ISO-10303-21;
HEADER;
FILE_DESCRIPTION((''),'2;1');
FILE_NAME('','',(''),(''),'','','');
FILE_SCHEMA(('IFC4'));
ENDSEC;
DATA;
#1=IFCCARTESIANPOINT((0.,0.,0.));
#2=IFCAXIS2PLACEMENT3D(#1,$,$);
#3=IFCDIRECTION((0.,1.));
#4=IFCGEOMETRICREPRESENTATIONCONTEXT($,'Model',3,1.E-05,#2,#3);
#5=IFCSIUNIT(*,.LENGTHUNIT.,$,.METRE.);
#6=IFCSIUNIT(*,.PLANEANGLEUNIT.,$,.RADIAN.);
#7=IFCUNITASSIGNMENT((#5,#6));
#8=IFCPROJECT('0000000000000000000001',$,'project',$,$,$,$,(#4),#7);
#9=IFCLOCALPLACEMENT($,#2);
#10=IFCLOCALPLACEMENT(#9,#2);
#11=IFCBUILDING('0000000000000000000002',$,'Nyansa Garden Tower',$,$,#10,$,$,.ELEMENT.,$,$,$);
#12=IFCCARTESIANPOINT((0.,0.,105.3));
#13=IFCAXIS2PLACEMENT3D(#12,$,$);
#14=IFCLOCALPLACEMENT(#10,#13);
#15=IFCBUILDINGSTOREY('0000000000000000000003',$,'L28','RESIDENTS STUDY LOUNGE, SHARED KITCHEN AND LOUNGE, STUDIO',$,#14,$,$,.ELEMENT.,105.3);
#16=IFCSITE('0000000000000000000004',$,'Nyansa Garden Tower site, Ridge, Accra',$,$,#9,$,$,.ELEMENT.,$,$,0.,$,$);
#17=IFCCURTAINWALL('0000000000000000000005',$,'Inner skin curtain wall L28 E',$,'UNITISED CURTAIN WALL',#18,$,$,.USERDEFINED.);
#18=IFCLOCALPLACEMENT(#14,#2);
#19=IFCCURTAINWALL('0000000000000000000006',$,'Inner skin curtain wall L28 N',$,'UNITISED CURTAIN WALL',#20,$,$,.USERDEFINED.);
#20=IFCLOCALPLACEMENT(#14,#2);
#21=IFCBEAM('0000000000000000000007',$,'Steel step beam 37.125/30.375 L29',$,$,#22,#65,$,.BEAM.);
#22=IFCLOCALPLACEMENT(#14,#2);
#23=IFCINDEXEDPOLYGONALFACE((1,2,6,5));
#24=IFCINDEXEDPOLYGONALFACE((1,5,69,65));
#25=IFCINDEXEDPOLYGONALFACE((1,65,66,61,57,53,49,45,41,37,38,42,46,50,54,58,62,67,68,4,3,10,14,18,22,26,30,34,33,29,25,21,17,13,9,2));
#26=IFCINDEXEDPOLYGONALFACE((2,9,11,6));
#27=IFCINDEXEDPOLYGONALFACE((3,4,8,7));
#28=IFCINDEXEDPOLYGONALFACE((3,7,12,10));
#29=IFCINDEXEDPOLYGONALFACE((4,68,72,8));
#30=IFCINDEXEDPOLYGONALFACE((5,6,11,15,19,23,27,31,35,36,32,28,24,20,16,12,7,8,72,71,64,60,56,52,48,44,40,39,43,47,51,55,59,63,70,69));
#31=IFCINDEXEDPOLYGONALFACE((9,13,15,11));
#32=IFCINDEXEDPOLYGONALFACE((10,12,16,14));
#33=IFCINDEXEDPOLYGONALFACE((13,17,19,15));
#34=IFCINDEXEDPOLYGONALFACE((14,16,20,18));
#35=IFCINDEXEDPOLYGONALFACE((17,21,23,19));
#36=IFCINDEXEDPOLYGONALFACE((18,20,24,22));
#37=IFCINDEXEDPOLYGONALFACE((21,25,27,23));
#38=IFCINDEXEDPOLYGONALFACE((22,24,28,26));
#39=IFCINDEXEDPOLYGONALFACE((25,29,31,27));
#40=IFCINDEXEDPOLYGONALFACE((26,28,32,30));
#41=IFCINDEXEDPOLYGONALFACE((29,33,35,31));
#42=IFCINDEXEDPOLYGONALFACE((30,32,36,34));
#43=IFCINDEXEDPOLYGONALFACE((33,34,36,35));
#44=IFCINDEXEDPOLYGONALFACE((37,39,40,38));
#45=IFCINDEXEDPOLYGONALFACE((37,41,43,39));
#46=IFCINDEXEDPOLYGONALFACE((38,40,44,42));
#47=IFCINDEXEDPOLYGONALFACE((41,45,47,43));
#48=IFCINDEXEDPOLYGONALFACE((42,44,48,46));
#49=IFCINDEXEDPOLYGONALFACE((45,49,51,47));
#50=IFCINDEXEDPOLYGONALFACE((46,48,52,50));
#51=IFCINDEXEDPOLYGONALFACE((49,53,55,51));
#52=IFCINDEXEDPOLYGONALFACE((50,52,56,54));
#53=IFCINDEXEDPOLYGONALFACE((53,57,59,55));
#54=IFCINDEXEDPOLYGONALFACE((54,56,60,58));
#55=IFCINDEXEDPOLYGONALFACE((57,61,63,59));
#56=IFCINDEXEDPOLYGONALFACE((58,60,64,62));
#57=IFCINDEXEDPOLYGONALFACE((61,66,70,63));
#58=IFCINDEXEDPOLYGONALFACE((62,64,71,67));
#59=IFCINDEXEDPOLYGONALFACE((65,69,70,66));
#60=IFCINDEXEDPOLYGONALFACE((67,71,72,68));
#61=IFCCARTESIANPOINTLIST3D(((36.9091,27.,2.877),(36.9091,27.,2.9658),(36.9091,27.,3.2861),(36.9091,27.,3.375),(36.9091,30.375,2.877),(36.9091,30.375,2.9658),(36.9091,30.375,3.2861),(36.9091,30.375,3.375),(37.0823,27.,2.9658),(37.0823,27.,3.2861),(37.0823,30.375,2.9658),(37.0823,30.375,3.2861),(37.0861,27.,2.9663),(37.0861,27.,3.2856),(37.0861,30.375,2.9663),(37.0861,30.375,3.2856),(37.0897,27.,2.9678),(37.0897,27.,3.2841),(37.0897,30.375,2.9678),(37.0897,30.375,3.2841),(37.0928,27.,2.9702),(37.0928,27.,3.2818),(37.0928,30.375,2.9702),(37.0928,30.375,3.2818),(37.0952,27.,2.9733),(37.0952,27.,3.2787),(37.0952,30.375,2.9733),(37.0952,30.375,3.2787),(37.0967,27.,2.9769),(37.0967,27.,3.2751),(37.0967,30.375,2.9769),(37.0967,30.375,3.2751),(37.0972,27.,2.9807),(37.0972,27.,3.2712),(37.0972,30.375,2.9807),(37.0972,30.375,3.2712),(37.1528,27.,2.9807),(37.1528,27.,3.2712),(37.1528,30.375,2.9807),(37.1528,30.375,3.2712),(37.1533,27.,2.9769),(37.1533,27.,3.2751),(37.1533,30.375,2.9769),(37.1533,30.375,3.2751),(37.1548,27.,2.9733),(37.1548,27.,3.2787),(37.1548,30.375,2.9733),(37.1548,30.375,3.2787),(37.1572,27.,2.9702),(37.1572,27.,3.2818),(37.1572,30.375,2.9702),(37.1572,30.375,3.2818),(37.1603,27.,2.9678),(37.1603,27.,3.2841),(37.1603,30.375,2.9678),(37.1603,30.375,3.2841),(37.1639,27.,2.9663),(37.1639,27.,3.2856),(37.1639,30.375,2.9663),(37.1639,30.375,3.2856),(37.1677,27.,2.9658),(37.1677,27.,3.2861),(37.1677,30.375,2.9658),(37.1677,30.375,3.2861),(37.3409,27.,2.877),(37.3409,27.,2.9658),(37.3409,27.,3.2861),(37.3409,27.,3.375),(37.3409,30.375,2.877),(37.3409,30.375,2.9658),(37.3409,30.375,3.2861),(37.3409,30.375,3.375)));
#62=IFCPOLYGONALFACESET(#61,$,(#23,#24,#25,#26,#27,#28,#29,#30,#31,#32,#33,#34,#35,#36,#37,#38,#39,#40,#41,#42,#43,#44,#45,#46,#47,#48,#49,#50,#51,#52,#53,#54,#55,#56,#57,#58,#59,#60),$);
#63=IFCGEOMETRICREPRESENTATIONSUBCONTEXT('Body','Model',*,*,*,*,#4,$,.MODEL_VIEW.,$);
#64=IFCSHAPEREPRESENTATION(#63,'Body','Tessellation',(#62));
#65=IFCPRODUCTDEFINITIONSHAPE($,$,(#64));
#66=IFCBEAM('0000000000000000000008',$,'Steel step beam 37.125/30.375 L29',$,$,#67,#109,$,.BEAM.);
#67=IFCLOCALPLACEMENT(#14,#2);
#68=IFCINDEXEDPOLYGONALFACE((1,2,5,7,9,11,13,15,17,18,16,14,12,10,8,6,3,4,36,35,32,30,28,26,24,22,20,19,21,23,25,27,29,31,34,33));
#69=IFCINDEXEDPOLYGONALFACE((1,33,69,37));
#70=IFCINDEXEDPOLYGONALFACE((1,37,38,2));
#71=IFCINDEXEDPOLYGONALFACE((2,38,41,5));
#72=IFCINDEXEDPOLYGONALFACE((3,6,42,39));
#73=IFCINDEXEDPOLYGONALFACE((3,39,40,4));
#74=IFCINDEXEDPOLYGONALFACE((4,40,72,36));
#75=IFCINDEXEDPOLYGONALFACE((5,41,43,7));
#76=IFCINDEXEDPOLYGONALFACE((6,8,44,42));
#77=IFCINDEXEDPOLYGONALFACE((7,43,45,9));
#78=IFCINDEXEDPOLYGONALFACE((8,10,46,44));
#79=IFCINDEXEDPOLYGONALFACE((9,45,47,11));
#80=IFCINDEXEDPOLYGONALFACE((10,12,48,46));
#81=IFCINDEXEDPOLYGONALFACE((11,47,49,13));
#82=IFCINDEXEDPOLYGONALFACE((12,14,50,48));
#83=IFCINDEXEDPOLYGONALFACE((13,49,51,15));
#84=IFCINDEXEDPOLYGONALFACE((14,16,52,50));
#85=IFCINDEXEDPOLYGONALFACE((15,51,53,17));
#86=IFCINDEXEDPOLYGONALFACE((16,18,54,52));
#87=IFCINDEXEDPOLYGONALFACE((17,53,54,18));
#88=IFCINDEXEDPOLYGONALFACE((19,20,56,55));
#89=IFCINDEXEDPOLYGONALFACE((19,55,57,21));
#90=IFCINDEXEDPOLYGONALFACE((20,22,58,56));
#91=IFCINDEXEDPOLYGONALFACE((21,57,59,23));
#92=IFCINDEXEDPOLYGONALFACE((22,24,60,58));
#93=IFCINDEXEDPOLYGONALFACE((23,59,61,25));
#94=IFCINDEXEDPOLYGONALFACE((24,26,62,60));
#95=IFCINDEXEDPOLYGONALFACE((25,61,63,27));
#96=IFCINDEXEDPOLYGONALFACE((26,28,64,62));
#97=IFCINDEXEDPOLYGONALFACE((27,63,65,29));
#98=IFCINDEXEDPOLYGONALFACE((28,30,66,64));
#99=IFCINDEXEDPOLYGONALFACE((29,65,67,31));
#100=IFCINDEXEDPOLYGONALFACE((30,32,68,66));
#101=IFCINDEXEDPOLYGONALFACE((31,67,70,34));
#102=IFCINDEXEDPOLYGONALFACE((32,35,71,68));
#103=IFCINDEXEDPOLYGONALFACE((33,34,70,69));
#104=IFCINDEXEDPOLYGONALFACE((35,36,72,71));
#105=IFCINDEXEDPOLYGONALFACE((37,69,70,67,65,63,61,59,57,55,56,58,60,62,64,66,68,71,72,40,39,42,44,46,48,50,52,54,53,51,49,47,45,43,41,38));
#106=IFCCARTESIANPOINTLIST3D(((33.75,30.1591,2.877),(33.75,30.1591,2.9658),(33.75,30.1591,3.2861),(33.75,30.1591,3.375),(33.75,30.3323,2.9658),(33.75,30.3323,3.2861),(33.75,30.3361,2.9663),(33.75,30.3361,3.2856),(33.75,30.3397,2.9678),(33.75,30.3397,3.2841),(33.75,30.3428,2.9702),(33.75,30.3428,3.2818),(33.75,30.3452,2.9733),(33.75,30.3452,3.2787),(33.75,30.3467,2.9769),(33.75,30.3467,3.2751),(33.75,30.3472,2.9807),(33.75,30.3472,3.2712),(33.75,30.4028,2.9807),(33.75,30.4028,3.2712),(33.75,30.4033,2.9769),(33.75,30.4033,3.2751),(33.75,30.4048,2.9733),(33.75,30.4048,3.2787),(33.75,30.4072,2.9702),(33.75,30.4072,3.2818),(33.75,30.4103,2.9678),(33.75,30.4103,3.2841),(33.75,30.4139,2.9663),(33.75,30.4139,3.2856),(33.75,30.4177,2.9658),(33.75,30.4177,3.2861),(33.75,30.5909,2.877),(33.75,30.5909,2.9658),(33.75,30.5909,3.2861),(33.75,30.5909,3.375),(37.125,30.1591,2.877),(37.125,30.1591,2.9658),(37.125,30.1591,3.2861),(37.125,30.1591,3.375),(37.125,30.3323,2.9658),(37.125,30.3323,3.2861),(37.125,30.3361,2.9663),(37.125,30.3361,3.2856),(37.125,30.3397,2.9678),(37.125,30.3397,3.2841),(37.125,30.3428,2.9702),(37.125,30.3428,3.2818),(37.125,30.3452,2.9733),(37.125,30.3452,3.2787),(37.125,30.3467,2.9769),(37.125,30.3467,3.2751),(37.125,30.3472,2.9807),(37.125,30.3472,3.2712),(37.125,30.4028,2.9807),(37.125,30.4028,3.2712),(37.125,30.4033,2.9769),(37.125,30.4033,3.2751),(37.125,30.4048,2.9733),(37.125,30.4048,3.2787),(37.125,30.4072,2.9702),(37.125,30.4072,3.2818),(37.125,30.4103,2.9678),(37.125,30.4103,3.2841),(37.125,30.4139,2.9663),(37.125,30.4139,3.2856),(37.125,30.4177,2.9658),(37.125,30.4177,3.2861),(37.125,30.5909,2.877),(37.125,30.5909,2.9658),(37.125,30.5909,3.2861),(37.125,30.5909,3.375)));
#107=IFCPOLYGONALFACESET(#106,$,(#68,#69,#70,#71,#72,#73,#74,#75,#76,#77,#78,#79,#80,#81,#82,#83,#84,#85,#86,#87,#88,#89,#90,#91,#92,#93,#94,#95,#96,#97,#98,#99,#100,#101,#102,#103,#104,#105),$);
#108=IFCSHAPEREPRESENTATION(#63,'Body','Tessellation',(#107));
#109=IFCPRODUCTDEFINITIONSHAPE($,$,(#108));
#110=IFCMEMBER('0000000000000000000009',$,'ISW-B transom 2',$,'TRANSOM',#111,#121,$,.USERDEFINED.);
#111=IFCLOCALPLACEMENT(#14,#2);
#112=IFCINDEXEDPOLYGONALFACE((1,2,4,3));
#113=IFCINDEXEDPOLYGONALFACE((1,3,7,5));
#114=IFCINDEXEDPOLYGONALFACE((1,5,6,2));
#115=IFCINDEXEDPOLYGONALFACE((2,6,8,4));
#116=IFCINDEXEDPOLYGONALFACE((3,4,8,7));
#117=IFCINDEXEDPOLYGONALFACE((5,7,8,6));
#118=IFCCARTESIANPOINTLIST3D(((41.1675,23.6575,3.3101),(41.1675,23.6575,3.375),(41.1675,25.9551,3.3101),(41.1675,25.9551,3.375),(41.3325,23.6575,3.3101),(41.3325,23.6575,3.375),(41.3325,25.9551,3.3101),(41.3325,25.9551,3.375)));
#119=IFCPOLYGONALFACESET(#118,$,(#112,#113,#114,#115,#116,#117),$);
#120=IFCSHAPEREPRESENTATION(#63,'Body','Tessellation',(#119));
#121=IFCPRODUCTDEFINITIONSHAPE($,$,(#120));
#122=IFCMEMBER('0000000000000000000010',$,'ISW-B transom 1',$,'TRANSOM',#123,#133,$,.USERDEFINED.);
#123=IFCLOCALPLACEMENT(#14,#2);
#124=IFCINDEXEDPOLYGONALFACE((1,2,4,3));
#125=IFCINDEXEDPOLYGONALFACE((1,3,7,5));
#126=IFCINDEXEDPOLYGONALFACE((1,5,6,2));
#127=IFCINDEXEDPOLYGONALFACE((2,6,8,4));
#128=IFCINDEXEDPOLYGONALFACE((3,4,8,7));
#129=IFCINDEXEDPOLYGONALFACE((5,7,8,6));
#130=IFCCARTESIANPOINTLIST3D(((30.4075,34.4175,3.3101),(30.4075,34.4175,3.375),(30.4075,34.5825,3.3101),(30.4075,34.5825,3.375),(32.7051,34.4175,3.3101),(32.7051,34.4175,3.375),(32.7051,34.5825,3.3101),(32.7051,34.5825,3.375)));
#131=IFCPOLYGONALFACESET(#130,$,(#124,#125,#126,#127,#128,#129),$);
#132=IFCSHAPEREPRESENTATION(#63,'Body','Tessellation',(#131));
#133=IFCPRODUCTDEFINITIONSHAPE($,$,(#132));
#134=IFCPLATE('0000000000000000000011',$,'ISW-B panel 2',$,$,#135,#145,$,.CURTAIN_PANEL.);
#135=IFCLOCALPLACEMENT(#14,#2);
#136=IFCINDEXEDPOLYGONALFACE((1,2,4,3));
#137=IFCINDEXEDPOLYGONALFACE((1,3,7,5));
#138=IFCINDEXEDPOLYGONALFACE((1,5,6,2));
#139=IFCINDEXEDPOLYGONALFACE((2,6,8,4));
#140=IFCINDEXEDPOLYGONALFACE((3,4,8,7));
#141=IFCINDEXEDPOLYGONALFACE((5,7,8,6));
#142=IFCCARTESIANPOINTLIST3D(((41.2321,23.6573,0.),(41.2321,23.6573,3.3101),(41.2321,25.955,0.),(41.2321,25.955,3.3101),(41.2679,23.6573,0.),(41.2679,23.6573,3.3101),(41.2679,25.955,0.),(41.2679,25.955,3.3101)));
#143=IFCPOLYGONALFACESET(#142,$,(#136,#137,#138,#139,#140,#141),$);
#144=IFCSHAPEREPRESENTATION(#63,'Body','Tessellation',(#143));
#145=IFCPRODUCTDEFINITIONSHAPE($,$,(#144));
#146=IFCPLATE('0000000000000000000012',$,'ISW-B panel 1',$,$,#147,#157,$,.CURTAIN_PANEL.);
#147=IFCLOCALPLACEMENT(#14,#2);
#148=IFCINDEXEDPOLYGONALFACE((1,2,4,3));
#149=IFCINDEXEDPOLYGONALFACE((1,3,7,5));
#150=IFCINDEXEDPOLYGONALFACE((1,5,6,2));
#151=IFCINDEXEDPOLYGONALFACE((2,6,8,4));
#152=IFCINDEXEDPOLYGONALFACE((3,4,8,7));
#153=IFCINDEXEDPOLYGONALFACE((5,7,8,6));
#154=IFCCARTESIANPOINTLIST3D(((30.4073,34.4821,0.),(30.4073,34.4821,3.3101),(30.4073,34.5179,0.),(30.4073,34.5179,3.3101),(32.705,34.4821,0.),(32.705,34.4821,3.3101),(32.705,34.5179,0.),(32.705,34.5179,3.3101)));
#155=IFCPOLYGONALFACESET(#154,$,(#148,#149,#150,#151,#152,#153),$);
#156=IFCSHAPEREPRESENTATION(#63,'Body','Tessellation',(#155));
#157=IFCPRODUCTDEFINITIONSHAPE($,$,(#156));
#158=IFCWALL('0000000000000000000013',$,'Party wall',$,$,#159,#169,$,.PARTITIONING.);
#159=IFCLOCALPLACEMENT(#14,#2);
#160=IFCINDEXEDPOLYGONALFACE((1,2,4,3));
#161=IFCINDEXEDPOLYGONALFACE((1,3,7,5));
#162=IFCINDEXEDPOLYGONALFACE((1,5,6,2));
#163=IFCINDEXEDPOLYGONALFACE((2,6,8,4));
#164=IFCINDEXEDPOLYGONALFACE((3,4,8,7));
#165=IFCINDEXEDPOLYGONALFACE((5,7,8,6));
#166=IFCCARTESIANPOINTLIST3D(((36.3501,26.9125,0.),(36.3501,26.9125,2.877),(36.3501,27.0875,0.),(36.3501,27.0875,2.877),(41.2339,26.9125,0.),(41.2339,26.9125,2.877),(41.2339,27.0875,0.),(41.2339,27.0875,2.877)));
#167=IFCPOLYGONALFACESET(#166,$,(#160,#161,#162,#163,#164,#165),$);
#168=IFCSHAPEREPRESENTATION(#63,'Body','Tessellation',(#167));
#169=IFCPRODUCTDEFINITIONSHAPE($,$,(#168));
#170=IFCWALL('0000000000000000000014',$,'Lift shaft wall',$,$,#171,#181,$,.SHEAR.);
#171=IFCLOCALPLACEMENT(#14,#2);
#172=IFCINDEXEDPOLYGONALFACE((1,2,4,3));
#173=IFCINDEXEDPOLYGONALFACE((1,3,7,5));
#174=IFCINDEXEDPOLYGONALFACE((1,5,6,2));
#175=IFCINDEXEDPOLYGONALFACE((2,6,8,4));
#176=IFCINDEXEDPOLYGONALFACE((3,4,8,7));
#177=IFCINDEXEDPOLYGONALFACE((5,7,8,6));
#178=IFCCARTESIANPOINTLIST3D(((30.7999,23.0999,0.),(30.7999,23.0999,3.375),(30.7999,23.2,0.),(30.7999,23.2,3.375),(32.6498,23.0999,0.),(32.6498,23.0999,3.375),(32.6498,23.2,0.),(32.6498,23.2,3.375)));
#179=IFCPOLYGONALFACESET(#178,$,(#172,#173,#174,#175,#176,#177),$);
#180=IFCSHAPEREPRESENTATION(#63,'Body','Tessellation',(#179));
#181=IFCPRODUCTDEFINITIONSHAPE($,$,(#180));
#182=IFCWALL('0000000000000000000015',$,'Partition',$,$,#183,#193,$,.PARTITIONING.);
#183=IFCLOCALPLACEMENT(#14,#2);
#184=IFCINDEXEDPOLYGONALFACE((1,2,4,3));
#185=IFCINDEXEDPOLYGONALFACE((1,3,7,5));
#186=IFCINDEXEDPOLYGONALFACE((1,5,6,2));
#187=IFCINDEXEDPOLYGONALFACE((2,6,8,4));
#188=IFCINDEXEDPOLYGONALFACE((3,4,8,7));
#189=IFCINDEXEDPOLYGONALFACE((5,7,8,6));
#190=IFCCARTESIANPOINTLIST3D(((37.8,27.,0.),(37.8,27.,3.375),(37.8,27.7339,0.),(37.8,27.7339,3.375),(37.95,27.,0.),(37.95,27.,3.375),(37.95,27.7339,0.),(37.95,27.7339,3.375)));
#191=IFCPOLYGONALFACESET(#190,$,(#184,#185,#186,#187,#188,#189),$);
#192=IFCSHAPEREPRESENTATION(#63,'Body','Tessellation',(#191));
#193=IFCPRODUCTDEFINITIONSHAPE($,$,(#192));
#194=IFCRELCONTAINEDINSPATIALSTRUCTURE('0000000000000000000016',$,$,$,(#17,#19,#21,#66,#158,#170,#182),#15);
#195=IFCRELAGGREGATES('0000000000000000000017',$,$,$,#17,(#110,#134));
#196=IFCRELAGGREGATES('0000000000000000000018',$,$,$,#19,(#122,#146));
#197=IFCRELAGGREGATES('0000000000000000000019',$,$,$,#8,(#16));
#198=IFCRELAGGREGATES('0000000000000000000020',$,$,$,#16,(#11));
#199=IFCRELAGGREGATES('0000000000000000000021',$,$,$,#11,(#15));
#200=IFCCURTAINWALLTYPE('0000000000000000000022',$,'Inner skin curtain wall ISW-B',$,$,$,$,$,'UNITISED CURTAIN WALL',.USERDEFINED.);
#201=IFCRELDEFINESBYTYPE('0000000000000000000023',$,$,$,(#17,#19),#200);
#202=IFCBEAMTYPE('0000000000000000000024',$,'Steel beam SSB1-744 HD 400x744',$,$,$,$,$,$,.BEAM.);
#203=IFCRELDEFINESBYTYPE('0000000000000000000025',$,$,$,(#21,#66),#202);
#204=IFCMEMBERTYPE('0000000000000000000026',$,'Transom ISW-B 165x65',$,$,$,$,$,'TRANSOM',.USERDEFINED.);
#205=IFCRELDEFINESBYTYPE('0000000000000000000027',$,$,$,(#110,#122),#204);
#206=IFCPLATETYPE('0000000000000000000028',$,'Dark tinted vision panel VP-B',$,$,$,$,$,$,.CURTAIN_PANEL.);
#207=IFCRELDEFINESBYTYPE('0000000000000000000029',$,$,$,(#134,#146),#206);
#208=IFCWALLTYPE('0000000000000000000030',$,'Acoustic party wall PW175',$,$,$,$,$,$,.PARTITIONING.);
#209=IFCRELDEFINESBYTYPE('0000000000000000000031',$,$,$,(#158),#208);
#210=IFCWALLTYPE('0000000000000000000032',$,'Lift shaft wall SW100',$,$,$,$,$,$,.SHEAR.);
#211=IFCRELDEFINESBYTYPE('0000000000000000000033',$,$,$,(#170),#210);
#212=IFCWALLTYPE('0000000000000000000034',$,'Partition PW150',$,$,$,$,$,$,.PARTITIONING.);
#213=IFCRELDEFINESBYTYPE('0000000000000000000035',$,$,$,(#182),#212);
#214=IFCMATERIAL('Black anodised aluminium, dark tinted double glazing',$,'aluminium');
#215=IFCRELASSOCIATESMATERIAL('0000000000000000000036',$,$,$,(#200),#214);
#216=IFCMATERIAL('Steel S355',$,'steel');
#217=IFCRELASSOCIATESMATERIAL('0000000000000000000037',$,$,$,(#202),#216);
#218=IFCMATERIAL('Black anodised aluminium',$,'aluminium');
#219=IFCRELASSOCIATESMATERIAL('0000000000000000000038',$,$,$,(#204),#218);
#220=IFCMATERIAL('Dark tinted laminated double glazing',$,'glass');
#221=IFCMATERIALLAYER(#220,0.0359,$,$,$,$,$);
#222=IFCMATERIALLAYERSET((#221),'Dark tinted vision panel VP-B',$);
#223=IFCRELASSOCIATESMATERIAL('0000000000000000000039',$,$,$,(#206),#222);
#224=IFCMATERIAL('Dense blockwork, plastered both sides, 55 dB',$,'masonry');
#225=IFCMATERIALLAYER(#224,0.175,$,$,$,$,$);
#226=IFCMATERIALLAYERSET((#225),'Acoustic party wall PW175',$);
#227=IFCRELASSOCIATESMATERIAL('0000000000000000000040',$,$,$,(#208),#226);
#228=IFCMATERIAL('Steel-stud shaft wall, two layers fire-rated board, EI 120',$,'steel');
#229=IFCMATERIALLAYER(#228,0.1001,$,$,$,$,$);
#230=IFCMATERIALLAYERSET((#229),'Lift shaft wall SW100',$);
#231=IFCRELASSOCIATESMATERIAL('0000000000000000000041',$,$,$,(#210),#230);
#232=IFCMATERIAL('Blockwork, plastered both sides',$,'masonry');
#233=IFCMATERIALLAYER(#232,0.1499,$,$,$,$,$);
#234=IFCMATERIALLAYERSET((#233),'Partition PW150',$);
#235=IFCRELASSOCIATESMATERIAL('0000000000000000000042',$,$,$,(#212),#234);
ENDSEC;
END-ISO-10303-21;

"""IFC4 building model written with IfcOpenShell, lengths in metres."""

from ifc_helpers import new_model, si_unit, direction, frame, frame_2d, origin, origin_2d, place, context, subcontext, project, spatial, rectangle, i_section, extrude, material, layer, layer_set, material_profile, profile_set, type_object, element, aggregate, save


model = new_model("IFC4")

# Units and contexts
model_context = context("Model", 3, precision=1e-05, world=origin(), true_north=direction((0.0, 1.0)))
body_context = subcontext(model_context, "Body", "Model", "MODEL_VIEW")
ifc_project = project(units=[si_unit("LENGTHUNIT", "METRE"), si_unit("PLANEANGLEUNIT", "RADIAN")], contexts=[model_context])

# Site, building, storey
site_placement = place(None, origin())
site = spatial("IfcSite", under=ifc_project, at=site_placement, Name="Nyansa Garden Tower site, Ridge, Accra", CompositionType="ELEMENT", RefElevation=0.0)
building_placement = place(site_placement, origin())
building = spatial("IfcBuilding", under=site, at=building_placement, Name="Nyansa Garden Tower", CompositionType="ELEMENT")
storey_placement = place(building_placement, frame((0.0, 0.0, 105.3)))
storey = spatial("IfcBuildingStorey", under=building, at=storey_placement, Name="L28", Description="RESIDENTS STUDY LOUNGE, SHARED KITCHEN AND LOUNGE, STUDIO", CompositionType="ELEMENT", Elevation=105.3)

# Curtain wall
ifc_material_1 = material(Name="Black anodised aluminium, dark tinted double glazing", Category="aluminium")
curtain_wall_type = type_object("IfcCurtainWallType", Name="Inner skin curtain wall ISW-B", ElementType="UNITISED CURTAIN WALL", PredefinedType="USERDEFINED", material=ifc_material_1)
curtain_wall_1_placement = place(storey_placement, origin())
curtain_wall_1 = element("IfcCurtainWall", 1, at=curtain_wall_1_placement, inside=storey, type_object=curtain_wall_type, Name="Inner skin curtain wall L28 E", ObjectType="UNITISED CURTAIN WALL", PredefinedType="USERDEFINED")

# Curtain wall
curtain_wall_2_placement = place(storey_placement, origin())
curtain_wall_2 = element("IfcCurtainWall", 2, at=curtain_wall_2_placement, inside=storey, type_object=curtain_wall_type, Name="Inner skin curtain wall L28 N", ObjectType="UNITISED CURTAIN WALL", PredefinedType="USERDEFINED")

# Beams
ifc_material_2 = material(Name="Steel S355", Category="steel")
ifc_material_profile_1 = material_profile(ifc_material_2, i_section(OverallWidth=0.4319, OverallDepth=0.498, WebThickness=0.0557, FlangeThickness=0.0889, FilletRadius=0.0149, at=origin_2d()), Name="HD 400x744")
ifc_profile_set_1 = profile_set([ifc_material_profile_1], Name="Steel S355")
beam_type_1 = type_object("IfcBeamType", Name="Steel beam SSB1-744 HD 400x744", PredefinedType="BEAM", material=ifc_profile_set_1)
for number, where, z_axis, x_axis, name in (
    (3, (37.125, 30.375, 3.126), (0.0, -1.0, 0.0), (1.0, 0.0, 0.0), "Steel step beam 37.125/30.375 L29"),
    (4, (37.125, 30.375, 3.126), (-1.0, 0.0, 0.0), (0.0, -1.0, 0.0), "Steel step beam 37.125/30.375 L29"),
):
    element("IfcBeam", number, at=place(storey_placement, frame(where, z_axis=z_axis, x_axis=x_axis)), inside=storey, type_object=beam_type_1, Name=name, PredefinedType="BEAM", context=body_context, shape_type="SweptSolid", body=[
        extrude(i_section(OverallWidth=0.4319, OverallDepth=0.498, WebThickness=0.0557, FlangeThickness=0.0889, FilletRadius=0.0149, at=origin_2d()), origin(), (0.0, 0.0, 1.0), 3.375),
    ])

# Members
ifc_material_3 = material(Name="Black anodised aluminium", Category="aluminium")
ifc_material_profile_2 = material_profile(ifc_material_3, rectangle(XDim=0.165, YDim=0.0649, at=origin_2d()), Name="Transom 165x65")
ifc_profile_set_2 = profile_set([ifc_material_profile_2], Name="Black anodised aluminium")
member_type_1 = type_object("IfcMemberType", Name="Transom ISW-B 165x65", ElementType="TRANSOM", PredefinedType="USERDEFINED", material=ifc_profile_set_2)
member_1_placement = place(storey_placement, frame((41.25, 23.6575, 3.3425), z_axis=(0.0, 1.0, 0.0), x_axis=(-1.0, 0.0, 0.0)))
member_1 = element("IfcMember", 5, at=member_1_placement, type_object=member_type_1, Name="ISW-B transom 2", ObjectType="TRANSOM", PredefinedType="USERDEFINED", context=body_context, shape_type="SweptSolid", body=[
    extrude(rectangle(XDim=0.165, YDim=0.0649, at=origin_2d()), origin(), (0.0, 0.0, 1.0), 2.2976),
])
member_2_placement = place(storey_placement, frame((32.7051, 34.5, 3.3425), z_axis=(-1.0, 0.0, 0.0), x_axis=(0.0, -1.0, 0.0)))
member_2 = element("IfcMember", 6, at=member_2_placement, type_object=member_type_1, Name="ISW-B transom 1", ObjectType="TRANSOM", PredefinedType="USERDEFINED", context=body_context, shape_type="SweptSolid", body=[
    extrude(rectangle(XDim=0.165, YDim=0.0649, at=origin_2d()), origin(), (0.0, 0.0, 1.0), 2.2976),
])

# Plates
ifc_material_4 = material(Name="Dark tinted laminated double glazing", Category="glass")
ifc_layer_1 = layer(ifc_material_4, 0.0359)
ifc_layer_set_1 = layer_set([ifc_layer_1], Name="Dark tinted vision panel VP-B")
plate_type = type_object("IfcPlateType", Name="Dark tinted vision panel VP-B", PredefinedType="CURTAIN_PANEL", material=ifc_layer_set_1)
plate_1_placement = place(storey_placement, frame((41.25, 24.8062, 0.0), z_axis=(0.0, 0.0, 1.0), x_axis=(0.0, 1.0, 0.0)))
plate_1 = element("IfcPlate", 7, at=plate_1_placement, type_object=plate_type, Name="ISW-B panel 2", PredefinedType="CURTAIN_PANEL", context=body_context, shape_type="SweptSolid", body=[
    extrude(rectangle(XDim=2.2976, YDim=0.0359, at=origin_2d()), origin(), (0.0, 0.0, 1.0), 3.3101),
])
aggregate(curtain_wall_1, [member_1, plate_1])
plate_2_placement = place(storey_placement, frame((31.5562, 34.5, 0.0), z_axis=(0.0, 0.0, 1.0), x_axis=(-1.0, 0.0, 0.0)))
plate_2 = element("IfcPlate", 8, at=plate_2_placement, type_object=plate_type, Name="ISW-B panel 1", PredefinedType="CURTAIN_PANEL", context=body_context, shape_type="SweptSolid", body=[
    extrude(rectangle(XDim=2.2976, YDim=0.0359, at=origin_2d()), origin(), (0.0, 0.0, 1.0), 3.3101),
])
aggregate(curtain_wall_2, [member_2, plate_2])

# Walls
ifc_material_5 = material(Name="Dense blockwork, plastered both sides, 55 dB", Category="masonry")
ifc_layer_2 = layer(ifc_material_5, 0.175)
ifc_layer_set_2 = layer_set([ifc_layer_2], Name="Acoustic party wall PW175")
wall_type_1 = type_object("IfcWallType", Name="Acoustic party wall PW175", PredefinedType="PARTITIONING", material=ifc_layer_set_2)
wall_1_placement = place(storey_placement, frame((36.3501, 27.0, 0.0), z_axis=(0.0, 0.0, 1.0), x_axis=(1.0, 0.0, 0.0)))
element("IfcWall", 9, at=wall_1_placement, inside=storey, type_object=wall_type_1, Name="Party wall", PredefinedType="PARTITIONING", context=body_context, shape_type="SweptSolid", body=[
    extrude(rectangle(XDim=4.8838, YDim=0.175, at=frame_2d((2.4419, 0.0))), origin(), (0.0, 0.0, 1.0), 2.877),
])
ifc_material_6 = material(Name="Steel-stud shaft wall, two layers fire-rated board, EI 120", Category="steel")
ifc_layer_3 = layer(ifc_material_6, 0.1001)
ifc_layer_set_3 = layer_set([ifc_layer_3], Name="Lift shaft wall SW100")
wall_type_2 = type_object("IfcWallType", Name="Lift shaft wall SW100", PredefinedType="SHEAR", material=ifc_layer_set_3)
wall_2_placement = place(storey_placement, frame((30.8, 23.1499, 0.0), z_axis=(0.0, 0.0, 1.0), x_axis=(1.0, 0.0, 0.0)))
element("IfcWall", 10, at=wall_2_placement, inside=storey, type_object=wall_type_2, Name="Lift shaft wall", PredefinedType="SHEAR", context=body_context, shape_type="SweptSolid", body=[
    extrude(rectangle(XDim=1.8499, YDim=0.1001, at=frame_2d((0.9248, 0.0))), origin(), (0.0, 0.0, 1.0), 3.375),
])
ifc_material_7 = material(Name="Blockwork, plastered both sides", Category="masonry")
ifc_layer_4 = layer(ifc_material_7, 0.1499)
ifc_layer_set_4 = layer_set([ifc_layer_4], Name="Partition PW150")
wall_type_3 = type_object("IfcWallType", Name="Partition PW150", PredefinedType="PARTITIONING", material=ifc_layer_set_4)
wall_3_placement = place(storey_placement, frame((37.875, 27.0, 0.0), z_axis=(0.0, 0.0, 1.0), x_axis=(0.0, 1.0, 0.0)))
element("IfcWall", 11, at=wall_3_placement, inside=storey, type_object=wall_type_3, Name="Partition", PredefinedType="PARTITIONING", context=body_context, shape_type="SweptSolid", body=[
    extrude(rectangle(XDim=0.7339, YDim=0.1499, at=frame_2d((0.3669, 0.0))), origin(), (0.0, 0.0, 1.0), 3.375),
])

save(model, "model.ifc")
